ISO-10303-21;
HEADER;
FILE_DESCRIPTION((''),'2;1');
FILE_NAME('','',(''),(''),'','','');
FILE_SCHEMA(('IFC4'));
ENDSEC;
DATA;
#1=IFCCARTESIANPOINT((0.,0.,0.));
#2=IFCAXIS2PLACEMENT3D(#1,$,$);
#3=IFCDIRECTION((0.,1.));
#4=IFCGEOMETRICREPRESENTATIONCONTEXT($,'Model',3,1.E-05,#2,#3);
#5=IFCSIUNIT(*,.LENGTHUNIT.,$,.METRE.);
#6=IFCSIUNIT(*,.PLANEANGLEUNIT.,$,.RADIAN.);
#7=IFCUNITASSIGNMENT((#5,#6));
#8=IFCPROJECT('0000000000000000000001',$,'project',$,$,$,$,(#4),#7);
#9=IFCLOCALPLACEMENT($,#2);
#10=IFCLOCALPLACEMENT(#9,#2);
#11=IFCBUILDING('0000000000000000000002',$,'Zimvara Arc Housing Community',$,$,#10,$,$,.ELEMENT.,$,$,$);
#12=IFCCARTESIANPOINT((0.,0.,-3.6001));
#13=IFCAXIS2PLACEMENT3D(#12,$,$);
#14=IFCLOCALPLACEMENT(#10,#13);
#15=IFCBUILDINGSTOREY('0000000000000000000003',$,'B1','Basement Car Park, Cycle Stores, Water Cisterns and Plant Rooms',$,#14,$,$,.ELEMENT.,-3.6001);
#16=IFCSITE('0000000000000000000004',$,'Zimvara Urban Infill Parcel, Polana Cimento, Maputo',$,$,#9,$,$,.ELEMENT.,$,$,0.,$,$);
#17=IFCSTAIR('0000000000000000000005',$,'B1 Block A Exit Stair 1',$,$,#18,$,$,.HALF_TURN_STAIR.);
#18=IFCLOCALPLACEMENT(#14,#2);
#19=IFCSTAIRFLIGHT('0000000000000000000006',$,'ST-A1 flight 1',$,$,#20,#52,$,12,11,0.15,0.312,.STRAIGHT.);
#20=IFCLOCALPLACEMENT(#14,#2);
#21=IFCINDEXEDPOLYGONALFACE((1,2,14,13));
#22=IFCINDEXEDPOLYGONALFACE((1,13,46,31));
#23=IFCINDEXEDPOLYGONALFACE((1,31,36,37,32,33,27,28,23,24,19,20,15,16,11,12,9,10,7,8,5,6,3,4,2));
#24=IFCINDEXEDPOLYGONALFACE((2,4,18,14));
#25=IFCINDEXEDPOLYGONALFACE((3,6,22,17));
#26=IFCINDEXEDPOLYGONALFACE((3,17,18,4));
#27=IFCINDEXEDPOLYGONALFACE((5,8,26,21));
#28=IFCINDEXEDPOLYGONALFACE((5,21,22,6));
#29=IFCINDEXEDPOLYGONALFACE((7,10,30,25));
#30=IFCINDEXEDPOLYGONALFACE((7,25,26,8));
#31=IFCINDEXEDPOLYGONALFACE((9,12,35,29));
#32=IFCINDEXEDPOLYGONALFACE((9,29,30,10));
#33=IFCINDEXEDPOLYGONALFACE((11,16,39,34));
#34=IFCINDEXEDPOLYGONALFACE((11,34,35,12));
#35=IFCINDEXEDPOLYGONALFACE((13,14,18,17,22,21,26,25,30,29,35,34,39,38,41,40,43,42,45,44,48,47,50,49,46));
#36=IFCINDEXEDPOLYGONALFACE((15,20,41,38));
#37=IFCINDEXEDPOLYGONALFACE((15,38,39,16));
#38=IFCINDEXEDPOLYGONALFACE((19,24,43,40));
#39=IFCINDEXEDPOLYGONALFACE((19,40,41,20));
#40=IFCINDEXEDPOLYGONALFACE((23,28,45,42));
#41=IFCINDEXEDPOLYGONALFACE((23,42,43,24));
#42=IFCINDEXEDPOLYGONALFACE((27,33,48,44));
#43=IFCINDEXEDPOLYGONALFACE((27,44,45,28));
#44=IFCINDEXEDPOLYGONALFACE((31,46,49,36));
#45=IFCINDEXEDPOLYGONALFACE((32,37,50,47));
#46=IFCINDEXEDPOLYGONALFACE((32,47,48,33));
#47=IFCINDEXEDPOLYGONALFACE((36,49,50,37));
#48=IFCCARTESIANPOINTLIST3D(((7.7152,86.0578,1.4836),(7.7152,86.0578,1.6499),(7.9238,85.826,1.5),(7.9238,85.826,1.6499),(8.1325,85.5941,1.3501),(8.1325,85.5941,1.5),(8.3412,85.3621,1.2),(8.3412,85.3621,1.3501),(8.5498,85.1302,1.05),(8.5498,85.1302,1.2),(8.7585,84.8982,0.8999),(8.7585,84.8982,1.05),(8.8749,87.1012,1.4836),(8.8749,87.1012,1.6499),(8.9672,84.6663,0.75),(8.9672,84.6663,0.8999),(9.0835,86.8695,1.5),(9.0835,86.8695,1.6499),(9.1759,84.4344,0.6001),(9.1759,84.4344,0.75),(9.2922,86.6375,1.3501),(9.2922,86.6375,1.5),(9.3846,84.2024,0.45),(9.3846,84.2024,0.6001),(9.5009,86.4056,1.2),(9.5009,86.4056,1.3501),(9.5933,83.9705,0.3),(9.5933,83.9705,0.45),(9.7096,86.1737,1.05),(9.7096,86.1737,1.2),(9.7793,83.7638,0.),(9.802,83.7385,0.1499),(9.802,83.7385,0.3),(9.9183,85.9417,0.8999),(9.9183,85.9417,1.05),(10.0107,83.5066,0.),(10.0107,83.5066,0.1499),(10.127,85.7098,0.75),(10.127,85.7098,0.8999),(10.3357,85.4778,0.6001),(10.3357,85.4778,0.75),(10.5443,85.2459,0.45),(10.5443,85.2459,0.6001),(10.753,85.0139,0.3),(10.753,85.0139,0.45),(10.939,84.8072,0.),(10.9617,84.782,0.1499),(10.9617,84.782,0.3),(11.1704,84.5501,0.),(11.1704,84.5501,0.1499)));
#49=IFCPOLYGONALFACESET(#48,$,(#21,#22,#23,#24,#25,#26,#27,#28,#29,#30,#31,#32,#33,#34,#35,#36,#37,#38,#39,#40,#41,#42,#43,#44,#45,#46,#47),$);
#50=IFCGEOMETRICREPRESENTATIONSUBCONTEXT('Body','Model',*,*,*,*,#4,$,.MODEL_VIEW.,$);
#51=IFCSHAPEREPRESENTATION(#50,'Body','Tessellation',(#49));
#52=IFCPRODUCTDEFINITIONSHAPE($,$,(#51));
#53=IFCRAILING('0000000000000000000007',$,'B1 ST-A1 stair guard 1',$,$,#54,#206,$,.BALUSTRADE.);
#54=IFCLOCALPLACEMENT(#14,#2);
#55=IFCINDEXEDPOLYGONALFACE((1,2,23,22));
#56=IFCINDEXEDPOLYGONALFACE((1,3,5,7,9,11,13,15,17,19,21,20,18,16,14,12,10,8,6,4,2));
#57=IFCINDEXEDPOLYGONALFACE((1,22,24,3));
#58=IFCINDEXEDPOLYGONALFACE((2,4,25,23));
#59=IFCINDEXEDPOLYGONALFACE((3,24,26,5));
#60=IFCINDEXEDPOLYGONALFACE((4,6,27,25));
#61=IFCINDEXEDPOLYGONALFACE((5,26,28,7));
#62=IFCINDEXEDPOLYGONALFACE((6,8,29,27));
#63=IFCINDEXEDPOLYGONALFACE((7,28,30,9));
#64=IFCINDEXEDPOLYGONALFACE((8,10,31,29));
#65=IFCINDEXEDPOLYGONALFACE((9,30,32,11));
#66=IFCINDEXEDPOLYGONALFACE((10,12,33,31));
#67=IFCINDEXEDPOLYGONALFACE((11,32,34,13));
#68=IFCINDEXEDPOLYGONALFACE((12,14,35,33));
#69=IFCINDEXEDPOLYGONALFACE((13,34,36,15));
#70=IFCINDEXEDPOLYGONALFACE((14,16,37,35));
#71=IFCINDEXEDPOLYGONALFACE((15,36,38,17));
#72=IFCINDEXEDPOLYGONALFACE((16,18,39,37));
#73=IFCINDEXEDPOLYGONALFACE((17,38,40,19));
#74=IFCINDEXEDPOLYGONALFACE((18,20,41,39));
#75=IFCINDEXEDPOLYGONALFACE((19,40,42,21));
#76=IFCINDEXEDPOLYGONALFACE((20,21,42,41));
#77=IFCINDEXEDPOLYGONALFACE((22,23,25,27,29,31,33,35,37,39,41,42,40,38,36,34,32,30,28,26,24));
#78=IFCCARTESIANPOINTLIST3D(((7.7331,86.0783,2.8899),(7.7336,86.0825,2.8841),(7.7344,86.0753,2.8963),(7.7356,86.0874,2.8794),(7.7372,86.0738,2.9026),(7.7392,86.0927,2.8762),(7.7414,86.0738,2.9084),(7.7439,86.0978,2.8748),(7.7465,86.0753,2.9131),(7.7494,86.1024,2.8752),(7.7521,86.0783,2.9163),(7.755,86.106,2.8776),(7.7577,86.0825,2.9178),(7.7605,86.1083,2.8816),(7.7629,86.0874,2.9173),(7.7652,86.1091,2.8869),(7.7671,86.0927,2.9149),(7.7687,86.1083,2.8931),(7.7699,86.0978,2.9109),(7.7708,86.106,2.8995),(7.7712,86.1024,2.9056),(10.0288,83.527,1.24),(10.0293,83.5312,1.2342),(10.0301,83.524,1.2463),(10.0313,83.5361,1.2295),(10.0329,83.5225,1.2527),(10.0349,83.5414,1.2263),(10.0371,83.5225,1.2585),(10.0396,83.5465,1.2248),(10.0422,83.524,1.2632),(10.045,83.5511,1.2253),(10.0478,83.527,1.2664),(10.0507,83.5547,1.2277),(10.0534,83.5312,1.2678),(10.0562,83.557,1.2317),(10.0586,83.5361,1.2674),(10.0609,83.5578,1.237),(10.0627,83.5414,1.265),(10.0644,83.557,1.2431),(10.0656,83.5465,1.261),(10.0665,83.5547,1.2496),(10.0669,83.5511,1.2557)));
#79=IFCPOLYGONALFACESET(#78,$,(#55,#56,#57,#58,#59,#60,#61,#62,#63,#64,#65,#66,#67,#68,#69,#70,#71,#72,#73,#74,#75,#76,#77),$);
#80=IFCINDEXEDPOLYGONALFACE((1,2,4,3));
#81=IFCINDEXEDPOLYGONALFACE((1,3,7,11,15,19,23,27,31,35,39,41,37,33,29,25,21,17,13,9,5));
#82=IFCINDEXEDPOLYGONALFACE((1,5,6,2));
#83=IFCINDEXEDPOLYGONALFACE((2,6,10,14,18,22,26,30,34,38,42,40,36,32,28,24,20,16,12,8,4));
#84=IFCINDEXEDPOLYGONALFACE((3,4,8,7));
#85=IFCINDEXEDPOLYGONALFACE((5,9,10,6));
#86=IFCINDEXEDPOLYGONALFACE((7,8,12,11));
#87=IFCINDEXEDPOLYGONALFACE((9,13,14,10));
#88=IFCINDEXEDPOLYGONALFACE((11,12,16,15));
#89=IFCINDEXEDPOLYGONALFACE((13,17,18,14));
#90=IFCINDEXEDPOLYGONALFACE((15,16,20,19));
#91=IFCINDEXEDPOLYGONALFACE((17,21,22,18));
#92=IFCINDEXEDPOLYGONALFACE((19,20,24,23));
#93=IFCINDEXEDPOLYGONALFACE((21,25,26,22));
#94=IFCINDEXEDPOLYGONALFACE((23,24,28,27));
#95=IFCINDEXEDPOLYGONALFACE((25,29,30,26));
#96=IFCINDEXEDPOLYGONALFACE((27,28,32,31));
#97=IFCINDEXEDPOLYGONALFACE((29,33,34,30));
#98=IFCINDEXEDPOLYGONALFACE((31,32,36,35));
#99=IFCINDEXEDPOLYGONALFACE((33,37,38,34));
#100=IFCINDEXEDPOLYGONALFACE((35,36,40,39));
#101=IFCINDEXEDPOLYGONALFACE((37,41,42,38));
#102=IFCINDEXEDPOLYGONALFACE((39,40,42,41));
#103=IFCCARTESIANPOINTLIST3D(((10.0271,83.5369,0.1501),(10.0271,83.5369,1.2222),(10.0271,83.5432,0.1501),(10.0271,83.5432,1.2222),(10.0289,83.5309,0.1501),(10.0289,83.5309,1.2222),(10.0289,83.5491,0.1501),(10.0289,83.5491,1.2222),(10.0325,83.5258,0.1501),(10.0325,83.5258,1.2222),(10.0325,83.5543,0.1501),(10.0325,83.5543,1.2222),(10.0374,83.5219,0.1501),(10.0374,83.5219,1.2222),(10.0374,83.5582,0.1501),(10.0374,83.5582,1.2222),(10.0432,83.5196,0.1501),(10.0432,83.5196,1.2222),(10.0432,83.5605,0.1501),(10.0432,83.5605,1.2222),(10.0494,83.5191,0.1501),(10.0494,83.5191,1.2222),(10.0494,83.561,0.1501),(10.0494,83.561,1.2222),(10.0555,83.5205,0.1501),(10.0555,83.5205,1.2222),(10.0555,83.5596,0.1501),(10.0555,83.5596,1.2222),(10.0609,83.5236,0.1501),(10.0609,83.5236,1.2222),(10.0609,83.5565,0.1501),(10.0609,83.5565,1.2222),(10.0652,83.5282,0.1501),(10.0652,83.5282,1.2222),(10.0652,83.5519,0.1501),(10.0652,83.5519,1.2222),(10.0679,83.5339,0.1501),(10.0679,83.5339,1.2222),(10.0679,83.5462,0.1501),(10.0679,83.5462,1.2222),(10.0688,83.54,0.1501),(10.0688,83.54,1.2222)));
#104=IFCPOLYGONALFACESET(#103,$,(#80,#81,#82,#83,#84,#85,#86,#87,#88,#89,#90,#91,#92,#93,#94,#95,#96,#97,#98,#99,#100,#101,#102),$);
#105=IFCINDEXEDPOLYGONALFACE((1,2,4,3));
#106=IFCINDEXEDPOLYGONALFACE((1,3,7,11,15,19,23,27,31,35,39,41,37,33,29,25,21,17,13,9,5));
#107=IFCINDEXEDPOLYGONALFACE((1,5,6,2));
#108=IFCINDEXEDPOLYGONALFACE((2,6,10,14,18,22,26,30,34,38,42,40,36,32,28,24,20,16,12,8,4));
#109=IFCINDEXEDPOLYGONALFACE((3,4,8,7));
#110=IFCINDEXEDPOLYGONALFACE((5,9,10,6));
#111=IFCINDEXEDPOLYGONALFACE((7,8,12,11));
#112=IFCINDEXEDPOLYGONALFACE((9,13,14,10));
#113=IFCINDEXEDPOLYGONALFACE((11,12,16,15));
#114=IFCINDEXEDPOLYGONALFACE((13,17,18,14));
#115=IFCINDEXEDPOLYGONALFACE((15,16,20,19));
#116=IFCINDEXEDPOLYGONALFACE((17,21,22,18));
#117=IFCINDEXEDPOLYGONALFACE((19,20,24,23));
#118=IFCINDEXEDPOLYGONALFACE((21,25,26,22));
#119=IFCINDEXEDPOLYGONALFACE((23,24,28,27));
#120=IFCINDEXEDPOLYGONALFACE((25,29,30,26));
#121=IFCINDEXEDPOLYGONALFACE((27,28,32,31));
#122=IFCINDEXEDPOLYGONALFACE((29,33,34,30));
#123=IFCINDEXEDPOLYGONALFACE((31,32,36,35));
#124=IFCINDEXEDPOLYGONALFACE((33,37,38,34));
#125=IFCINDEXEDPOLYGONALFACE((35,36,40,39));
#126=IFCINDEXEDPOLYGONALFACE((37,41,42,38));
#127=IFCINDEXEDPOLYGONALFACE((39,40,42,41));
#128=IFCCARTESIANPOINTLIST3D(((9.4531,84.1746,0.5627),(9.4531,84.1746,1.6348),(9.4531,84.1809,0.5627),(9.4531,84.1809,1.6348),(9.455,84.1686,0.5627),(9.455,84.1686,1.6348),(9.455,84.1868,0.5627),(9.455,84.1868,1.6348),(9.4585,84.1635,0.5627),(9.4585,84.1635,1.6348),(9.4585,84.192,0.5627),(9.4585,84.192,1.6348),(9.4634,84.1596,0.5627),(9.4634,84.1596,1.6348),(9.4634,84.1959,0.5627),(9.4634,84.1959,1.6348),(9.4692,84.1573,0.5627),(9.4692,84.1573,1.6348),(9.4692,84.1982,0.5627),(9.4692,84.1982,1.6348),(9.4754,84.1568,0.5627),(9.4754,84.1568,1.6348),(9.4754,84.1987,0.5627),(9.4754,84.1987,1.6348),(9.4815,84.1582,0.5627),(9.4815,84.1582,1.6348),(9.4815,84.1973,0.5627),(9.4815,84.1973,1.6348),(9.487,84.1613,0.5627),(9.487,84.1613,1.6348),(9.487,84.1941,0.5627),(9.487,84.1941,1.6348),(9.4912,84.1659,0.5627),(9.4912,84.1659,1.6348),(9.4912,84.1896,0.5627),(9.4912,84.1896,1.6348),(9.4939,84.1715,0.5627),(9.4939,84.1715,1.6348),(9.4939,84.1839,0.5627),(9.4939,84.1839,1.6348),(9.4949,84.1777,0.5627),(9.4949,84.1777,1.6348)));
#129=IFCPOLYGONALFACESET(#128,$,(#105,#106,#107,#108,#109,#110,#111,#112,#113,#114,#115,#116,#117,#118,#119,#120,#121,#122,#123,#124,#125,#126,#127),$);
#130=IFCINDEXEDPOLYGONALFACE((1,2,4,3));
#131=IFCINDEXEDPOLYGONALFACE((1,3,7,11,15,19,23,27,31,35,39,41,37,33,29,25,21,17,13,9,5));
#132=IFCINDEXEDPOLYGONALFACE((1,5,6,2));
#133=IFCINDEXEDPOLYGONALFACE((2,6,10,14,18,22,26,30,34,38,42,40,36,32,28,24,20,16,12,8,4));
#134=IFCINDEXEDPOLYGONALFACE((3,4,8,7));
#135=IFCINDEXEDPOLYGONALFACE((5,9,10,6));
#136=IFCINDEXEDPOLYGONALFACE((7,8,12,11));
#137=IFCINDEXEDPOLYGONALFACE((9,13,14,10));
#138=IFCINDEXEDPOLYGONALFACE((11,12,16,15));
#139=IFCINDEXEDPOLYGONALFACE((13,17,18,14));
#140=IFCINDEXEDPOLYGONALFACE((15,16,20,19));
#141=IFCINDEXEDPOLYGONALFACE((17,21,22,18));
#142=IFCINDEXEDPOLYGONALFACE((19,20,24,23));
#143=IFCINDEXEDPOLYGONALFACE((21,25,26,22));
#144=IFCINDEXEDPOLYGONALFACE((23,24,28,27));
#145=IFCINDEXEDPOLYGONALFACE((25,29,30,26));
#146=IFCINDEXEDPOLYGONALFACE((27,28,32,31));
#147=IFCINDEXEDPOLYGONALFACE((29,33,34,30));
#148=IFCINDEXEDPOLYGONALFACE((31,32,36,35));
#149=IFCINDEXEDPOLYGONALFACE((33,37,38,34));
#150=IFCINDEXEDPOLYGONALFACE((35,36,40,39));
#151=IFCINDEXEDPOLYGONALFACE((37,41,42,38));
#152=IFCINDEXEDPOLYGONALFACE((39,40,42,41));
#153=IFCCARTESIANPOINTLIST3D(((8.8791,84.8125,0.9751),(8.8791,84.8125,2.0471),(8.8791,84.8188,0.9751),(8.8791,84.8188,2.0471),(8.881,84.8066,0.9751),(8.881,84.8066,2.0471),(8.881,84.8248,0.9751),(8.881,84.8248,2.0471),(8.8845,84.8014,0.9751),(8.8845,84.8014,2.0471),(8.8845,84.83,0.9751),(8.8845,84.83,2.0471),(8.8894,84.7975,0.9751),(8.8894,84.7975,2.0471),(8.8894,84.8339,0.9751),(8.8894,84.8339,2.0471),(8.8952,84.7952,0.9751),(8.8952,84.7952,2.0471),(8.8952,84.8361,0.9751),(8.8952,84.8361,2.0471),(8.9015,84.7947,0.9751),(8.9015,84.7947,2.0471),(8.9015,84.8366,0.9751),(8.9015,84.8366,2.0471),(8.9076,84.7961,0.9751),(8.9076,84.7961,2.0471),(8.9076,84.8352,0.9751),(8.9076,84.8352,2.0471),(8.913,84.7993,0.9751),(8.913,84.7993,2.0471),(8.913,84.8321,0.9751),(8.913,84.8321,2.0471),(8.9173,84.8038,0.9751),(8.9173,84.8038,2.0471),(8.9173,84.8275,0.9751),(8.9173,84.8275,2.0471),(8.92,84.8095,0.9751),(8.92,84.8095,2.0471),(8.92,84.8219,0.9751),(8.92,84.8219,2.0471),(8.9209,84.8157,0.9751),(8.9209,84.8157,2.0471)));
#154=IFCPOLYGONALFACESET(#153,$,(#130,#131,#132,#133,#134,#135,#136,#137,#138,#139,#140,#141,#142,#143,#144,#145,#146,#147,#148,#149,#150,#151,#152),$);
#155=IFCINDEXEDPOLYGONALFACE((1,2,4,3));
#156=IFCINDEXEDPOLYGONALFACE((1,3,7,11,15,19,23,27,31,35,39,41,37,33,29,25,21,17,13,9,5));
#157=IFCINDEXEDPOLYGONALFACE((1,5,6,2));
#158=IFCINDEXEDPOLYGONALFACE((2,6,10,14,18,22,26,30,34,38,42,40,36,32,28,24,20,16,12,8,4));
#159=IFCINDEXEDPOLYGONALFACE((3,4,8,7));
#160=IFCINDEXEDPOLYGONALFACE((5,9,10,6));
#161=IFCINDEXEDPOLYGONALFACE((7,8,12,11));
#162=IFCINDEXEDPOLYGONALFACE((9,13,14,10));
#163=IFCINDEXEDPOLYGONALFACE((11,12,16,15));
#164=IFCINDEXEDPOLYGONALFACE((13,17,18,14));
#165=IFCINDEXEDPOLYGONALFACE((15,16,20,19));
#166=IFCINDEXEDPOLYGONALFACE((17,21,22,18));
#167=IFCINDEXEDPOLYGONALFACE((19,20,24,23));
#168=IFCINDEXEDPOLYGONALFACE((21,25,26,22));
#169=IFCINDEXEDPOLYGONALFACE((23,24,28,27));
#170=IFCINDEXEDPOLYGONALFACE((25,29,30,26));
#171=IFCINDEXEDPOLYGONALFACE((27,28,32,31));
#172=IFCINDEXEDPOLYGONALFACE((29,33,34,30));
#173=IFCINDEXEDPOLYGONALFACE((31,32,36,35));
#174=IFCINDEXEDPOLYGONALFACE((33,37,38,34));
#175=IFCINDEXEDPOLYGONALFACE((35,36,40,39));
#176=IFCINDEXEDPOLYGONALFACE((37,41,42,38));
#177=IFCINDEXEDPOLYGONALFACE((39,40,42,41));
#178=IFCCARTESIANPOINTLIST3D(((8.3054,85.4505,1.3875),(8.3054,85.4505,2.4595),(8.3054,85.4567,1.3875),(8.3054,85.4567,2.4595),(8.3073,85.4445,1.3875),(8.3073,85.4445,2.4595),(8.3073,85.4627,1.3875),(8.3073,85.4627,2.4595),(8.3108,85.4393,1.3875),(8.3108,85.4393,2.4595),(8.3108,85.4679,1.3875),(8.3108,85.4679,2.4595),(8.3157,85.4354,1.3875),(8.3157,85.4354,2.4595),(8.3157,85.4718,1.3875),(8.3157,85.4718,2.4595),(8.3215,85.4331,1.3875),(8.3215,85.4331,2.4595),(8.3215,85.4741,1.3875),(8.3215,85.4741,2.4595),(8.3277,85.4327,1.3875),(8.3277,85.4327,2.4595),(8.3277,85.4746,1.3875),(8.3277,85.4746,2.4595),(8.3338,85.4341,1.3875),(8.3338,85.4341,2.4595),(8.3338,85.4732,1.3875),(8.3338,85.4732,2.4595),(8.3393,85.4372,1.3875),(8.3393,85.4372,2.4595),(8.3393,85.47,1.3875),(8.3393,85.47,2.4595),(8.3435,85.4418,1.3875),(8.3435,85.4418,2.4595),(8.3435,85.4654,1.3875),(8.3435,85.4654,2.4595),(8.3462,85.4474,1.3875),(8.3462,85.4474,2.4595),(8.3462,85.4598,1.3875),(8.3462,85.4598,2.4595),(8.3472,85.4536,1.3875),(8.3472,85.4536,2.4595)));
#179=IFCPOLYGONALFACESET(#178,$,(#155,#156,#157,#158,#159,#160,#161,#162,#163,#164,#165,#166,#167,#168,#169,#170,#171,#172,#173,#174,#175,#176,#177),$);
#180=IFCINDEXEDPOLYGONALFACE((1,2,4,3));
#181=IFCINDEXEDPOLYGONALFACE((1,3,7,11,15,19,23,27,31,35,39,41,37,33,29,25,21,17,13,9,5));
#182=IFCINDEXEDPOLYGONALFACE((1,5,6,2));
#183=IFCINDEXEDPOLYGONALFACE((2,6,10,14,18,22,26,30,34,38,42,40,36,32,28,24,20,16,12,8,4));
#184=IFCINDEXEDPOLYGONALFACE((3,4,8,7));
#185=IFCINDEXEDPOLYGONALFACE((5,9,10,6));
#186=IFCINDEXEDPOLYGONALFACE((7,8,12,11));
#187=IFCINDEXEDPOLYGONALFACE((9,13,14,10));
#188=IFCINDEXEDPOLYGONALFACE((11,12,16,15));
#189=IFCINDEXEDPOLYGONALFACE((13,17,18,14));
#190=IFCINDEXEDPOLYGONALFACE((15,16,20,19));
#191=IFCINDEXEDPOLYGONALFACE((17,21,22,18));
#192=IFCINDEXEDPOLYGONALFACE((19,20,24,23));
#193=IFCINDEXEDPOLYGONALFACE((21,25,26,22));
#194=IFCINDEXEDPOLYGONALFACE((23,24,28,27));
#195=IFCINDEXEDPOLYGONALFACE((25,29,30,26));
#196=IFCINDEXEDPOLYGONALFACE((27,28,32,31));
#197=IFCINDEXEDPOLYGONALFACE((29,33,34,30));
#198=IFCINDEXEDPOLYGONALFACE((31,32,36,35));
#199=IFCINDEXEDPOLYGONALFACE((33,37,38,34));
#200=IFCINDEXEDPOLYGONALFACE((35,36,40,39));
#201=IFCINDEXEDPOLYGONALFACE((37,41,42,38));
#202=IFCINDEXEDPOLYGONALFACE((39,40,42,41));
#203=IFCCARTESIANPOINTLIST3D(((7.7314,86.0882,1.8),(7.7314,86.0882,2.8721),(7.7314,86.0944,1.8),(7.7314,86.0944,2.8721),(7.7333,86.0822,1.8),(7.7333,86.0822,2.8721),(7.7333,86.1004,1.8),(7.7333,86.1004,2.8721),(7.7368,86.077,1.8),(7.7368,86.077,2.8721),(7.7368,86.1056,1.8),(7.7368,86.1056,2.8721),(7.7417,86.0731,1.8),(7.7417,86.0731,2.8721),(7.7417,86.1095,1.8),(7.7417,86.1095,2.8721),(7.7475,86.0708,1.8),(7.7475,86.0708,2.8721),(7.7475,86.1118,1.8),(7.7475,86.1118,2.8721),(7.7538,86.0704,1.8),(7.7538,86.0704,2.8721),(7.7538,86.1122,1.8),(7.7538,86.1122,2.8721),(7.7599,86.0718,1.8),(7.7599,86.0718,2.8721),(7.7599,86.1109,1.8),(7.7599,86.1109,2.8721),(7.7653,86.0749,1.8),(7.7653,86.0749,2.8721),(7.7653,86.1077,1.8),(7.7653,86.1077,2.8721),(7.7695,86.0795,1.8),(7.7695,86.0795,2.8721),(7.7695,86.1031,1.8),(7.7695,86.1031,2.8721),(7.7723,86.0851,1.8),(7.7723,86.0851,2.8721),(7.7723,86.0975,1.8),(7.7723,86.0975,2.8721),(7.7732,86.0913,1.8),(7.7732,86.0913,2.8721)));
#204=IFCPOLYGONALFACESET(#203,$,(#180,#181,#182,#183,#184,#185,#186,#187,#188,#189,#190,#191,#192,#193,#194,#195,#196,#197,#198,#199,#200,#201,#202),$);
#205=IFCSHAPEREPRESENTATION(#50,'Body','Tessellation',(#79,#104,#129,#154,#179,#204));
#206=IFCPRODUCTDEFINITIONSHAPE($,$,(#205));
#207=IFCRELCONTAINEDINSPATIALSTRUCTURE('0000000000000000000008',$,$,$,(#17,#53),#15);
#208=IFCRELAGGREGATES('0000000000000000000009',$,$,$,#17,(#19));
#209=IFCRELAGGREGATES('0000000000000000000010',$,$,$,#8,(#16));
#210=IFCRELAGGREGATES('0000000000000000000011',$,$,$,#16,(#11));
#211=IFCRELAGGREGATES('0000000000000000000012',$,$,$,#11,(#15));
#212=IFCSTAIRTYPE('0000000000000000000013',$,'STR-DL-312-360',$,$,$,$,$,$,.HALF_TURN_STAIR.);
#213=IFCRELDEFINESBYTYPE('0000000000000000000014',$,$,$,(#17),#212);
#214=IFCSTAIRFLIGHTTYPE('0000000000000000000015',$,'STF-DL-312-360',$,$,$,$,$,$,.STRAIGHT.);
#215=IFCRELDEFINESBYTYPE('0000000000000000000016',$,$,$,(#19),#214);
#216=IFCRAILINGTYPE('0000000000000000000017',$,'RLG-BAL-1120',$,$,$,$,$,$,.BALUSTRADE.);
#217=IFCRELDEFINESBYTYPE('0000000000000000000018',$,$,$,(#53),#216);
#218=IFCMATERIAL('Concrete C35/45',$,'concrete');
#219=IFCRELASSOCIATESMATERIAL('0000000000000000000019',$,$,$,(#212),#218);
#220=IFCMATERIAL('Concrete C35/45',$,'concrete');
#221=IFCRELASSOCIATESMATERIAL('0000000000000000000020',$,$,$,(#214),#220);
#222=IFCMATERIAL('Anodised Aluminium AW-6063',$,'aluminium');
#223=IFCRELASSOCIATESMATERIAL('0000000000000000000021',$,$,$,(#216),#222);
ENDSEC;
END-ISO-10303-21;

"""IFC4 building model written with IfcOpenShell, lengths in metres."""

from ifc_helpers import new_model, si_unit, direction, frame, origin, origin_2d, place, context, subcontext, project, spatial, polyline, circle, outline, extrude, material, type_object, element, aggregate, save


model = new_model("IFC4")

# Units and contexts
model_context = context("Model", 3, precision=1e-05, world=origin(), true_north=direction((0.0, 1.0)))
body_context = subcontext(model_context, "Body", "Model", "MODEL_VIEW")
ifc_project = project(units=[si_unit("LENGTHUNIT", "METRE"), si_unit("PLANEANGLEUNIT", "RADIAN")], contexts=[model_context])

# Site, building, storey
site_placement = place(None, origin())
site = spatial("IfcSite", under=ifc_project, at=site_placement, Name="Zimvara Urban Infill Parcel, Polana Cimento, Maputo", CompositionType="ELEMENT", RefElevation=0.0)
building_placement = place(site_placement, origin())
building = spatial("IfcBuilding", under=site, at=building_placement, Name="Zimvara Arc Housing Community", CompositionType="ELEMENT")
storey_placement = place(building_placement, frame((0.0, 0.0, -3.6001)))
storey = spatial("IfcBuildingStorey", under=building, at=storey_placement, Name="B1", Description="Basement Car Park, Cycle Stores, Water Cisterns and Plant Rooms", CompositionType="ELEMENT", Elevation=-3.6001)

# Stair, stair flight
ifc_material_1 = material(Name="Concrete C35/45", Category="concrete")
stair_type = type_object("IfcStairType", Name="STR-DL-312-360", PredefinedType="HALF_TURN_STAIR", material=ifc_material_1)
stair_placement = place(storey_placement, origin())
stair = element("IfcStair", 1, at=stair_placement, inside=storey, type_object=stair_type, Name="B1 Block A Exit Stair 1", PredefinedType="HALF_TURN_STAIR")
ifc_material_2 = material(Name="Concrete C35/45", Category="concrete")
stair_flight_type = type_object("IfcStairFlightType", Name="STF-DL-312-360", PredefinedType="STRAIGHT", material=ifc_material_2)
stair_flight_placement = place(storey_placement, frame((10.5906, 84.0283, 0.0), z_axis=(0.0, 0.0, 1.0), x_axis=(-0.668871, 0.743378, 0.0)))
stair_flight = element("IfcStairFlight", 2, at=stair_flight_placement, type_object=stair_flight_type, Name="ST-A1 flight 1", NumberOfRisers=12, NumberOfTreads=11, PredefinedType="STRAIGHT", RiserHeight=0.15, TreadLength=0.312, context=body_context, shape_type="SweptSolid", body=[
    extrude(outline(polyline([(0.0, 0.0), (0.0, 0.1499), (0.312, 0.1499), (0.312, 0.3), (0.624, 0.3), (0.624, 0.45), (0.936, 0.45), (0.936, 0.6001), (1.248, 0.6001), (1.248, 0.75), (1.5601, 0.75), (1.5601, 0.8999), (1.8721, 0.8999), (1.8721, 1.05), (2.1841, 1.05), (2.1841, 1.2), (2.4961, 1.2), (2.4961, 1.3501), (2.8081, 1.3501), (2.8081, 1.5), (3.1201, 1.5), (3.1201, 1.6499), (3.4319, 1.6499), (3.4319, 1.8), (3.4319, 1.4836), (0.3459, 0.0), (0.0, 0.0)])), frame((0.0, 0.78, 0.0), z_axis=(0.0, -1.0, 0.0), x_axis=(1.0, 0.0, 0.0)), (0.0, 0.0, 1.0), 1.5601),
])
aggregate(stair, [stair_flight])

# Railing
ifc_material_3 = material(Name="Anodised Aluminium AW-6063", Category="aluminium")
railing_type_1 = type_object("IfcRailingType", Name="RLG-BAL-1120", PredefinedType="BALUSTRADE", material=ifc_material_3)
railing_1_placement = place(storey_placement, frame((10.0479, 83.54, 0.1501)))
element("IfcRailing", 3, at=railing_1_placement, inside=storey, type_object=railing_type_1, Name="B1 ST-A1 stair guard 1", PredefinedType="BALUSTRADE", context=body_context, shape_type="SweptSolid", body=[
    extrude(circle(Radius=0.0239, at=origin_2d()), frame((0.0, 0.0, 1.0962), z_axis=(-0.602844, 0.669969, 0.433268), x_axis=(-0.743365, -0.668886, 0.0)), (0.0, 0.0, 1.0), 3.8081),
    extrude(circle(Radius=0.021, at=origin_2d()), origin(), (0.0, 0.0, 1.0), 1.072),
    extrude(circle(Radius=0.021, at=origin_2d()), frame((-0.574, 0.6377, 0.4126)), (0.0, 0.0, 1.0), 1.072),
    extrude(circle(Radius=0.021, at=origin_2d()), frame((-1.1479, 1.2756, 0.825)), (0.0, 0.0, 1.0), 1.072),
    extrude(circle(Radius=0.021, at=origin_2d()), frame((-1.7217, 1.9136, 1.2373)), (0.0, 0.0, 1.0), 1.072),
    extrude(circle(Radius=0.021, at=origin_2d()), frame((-2.2957, 2.5513, 1.6499)), (0.0, 0.0, 1.0), 1.072),
])

save(model, "model.ifc")
